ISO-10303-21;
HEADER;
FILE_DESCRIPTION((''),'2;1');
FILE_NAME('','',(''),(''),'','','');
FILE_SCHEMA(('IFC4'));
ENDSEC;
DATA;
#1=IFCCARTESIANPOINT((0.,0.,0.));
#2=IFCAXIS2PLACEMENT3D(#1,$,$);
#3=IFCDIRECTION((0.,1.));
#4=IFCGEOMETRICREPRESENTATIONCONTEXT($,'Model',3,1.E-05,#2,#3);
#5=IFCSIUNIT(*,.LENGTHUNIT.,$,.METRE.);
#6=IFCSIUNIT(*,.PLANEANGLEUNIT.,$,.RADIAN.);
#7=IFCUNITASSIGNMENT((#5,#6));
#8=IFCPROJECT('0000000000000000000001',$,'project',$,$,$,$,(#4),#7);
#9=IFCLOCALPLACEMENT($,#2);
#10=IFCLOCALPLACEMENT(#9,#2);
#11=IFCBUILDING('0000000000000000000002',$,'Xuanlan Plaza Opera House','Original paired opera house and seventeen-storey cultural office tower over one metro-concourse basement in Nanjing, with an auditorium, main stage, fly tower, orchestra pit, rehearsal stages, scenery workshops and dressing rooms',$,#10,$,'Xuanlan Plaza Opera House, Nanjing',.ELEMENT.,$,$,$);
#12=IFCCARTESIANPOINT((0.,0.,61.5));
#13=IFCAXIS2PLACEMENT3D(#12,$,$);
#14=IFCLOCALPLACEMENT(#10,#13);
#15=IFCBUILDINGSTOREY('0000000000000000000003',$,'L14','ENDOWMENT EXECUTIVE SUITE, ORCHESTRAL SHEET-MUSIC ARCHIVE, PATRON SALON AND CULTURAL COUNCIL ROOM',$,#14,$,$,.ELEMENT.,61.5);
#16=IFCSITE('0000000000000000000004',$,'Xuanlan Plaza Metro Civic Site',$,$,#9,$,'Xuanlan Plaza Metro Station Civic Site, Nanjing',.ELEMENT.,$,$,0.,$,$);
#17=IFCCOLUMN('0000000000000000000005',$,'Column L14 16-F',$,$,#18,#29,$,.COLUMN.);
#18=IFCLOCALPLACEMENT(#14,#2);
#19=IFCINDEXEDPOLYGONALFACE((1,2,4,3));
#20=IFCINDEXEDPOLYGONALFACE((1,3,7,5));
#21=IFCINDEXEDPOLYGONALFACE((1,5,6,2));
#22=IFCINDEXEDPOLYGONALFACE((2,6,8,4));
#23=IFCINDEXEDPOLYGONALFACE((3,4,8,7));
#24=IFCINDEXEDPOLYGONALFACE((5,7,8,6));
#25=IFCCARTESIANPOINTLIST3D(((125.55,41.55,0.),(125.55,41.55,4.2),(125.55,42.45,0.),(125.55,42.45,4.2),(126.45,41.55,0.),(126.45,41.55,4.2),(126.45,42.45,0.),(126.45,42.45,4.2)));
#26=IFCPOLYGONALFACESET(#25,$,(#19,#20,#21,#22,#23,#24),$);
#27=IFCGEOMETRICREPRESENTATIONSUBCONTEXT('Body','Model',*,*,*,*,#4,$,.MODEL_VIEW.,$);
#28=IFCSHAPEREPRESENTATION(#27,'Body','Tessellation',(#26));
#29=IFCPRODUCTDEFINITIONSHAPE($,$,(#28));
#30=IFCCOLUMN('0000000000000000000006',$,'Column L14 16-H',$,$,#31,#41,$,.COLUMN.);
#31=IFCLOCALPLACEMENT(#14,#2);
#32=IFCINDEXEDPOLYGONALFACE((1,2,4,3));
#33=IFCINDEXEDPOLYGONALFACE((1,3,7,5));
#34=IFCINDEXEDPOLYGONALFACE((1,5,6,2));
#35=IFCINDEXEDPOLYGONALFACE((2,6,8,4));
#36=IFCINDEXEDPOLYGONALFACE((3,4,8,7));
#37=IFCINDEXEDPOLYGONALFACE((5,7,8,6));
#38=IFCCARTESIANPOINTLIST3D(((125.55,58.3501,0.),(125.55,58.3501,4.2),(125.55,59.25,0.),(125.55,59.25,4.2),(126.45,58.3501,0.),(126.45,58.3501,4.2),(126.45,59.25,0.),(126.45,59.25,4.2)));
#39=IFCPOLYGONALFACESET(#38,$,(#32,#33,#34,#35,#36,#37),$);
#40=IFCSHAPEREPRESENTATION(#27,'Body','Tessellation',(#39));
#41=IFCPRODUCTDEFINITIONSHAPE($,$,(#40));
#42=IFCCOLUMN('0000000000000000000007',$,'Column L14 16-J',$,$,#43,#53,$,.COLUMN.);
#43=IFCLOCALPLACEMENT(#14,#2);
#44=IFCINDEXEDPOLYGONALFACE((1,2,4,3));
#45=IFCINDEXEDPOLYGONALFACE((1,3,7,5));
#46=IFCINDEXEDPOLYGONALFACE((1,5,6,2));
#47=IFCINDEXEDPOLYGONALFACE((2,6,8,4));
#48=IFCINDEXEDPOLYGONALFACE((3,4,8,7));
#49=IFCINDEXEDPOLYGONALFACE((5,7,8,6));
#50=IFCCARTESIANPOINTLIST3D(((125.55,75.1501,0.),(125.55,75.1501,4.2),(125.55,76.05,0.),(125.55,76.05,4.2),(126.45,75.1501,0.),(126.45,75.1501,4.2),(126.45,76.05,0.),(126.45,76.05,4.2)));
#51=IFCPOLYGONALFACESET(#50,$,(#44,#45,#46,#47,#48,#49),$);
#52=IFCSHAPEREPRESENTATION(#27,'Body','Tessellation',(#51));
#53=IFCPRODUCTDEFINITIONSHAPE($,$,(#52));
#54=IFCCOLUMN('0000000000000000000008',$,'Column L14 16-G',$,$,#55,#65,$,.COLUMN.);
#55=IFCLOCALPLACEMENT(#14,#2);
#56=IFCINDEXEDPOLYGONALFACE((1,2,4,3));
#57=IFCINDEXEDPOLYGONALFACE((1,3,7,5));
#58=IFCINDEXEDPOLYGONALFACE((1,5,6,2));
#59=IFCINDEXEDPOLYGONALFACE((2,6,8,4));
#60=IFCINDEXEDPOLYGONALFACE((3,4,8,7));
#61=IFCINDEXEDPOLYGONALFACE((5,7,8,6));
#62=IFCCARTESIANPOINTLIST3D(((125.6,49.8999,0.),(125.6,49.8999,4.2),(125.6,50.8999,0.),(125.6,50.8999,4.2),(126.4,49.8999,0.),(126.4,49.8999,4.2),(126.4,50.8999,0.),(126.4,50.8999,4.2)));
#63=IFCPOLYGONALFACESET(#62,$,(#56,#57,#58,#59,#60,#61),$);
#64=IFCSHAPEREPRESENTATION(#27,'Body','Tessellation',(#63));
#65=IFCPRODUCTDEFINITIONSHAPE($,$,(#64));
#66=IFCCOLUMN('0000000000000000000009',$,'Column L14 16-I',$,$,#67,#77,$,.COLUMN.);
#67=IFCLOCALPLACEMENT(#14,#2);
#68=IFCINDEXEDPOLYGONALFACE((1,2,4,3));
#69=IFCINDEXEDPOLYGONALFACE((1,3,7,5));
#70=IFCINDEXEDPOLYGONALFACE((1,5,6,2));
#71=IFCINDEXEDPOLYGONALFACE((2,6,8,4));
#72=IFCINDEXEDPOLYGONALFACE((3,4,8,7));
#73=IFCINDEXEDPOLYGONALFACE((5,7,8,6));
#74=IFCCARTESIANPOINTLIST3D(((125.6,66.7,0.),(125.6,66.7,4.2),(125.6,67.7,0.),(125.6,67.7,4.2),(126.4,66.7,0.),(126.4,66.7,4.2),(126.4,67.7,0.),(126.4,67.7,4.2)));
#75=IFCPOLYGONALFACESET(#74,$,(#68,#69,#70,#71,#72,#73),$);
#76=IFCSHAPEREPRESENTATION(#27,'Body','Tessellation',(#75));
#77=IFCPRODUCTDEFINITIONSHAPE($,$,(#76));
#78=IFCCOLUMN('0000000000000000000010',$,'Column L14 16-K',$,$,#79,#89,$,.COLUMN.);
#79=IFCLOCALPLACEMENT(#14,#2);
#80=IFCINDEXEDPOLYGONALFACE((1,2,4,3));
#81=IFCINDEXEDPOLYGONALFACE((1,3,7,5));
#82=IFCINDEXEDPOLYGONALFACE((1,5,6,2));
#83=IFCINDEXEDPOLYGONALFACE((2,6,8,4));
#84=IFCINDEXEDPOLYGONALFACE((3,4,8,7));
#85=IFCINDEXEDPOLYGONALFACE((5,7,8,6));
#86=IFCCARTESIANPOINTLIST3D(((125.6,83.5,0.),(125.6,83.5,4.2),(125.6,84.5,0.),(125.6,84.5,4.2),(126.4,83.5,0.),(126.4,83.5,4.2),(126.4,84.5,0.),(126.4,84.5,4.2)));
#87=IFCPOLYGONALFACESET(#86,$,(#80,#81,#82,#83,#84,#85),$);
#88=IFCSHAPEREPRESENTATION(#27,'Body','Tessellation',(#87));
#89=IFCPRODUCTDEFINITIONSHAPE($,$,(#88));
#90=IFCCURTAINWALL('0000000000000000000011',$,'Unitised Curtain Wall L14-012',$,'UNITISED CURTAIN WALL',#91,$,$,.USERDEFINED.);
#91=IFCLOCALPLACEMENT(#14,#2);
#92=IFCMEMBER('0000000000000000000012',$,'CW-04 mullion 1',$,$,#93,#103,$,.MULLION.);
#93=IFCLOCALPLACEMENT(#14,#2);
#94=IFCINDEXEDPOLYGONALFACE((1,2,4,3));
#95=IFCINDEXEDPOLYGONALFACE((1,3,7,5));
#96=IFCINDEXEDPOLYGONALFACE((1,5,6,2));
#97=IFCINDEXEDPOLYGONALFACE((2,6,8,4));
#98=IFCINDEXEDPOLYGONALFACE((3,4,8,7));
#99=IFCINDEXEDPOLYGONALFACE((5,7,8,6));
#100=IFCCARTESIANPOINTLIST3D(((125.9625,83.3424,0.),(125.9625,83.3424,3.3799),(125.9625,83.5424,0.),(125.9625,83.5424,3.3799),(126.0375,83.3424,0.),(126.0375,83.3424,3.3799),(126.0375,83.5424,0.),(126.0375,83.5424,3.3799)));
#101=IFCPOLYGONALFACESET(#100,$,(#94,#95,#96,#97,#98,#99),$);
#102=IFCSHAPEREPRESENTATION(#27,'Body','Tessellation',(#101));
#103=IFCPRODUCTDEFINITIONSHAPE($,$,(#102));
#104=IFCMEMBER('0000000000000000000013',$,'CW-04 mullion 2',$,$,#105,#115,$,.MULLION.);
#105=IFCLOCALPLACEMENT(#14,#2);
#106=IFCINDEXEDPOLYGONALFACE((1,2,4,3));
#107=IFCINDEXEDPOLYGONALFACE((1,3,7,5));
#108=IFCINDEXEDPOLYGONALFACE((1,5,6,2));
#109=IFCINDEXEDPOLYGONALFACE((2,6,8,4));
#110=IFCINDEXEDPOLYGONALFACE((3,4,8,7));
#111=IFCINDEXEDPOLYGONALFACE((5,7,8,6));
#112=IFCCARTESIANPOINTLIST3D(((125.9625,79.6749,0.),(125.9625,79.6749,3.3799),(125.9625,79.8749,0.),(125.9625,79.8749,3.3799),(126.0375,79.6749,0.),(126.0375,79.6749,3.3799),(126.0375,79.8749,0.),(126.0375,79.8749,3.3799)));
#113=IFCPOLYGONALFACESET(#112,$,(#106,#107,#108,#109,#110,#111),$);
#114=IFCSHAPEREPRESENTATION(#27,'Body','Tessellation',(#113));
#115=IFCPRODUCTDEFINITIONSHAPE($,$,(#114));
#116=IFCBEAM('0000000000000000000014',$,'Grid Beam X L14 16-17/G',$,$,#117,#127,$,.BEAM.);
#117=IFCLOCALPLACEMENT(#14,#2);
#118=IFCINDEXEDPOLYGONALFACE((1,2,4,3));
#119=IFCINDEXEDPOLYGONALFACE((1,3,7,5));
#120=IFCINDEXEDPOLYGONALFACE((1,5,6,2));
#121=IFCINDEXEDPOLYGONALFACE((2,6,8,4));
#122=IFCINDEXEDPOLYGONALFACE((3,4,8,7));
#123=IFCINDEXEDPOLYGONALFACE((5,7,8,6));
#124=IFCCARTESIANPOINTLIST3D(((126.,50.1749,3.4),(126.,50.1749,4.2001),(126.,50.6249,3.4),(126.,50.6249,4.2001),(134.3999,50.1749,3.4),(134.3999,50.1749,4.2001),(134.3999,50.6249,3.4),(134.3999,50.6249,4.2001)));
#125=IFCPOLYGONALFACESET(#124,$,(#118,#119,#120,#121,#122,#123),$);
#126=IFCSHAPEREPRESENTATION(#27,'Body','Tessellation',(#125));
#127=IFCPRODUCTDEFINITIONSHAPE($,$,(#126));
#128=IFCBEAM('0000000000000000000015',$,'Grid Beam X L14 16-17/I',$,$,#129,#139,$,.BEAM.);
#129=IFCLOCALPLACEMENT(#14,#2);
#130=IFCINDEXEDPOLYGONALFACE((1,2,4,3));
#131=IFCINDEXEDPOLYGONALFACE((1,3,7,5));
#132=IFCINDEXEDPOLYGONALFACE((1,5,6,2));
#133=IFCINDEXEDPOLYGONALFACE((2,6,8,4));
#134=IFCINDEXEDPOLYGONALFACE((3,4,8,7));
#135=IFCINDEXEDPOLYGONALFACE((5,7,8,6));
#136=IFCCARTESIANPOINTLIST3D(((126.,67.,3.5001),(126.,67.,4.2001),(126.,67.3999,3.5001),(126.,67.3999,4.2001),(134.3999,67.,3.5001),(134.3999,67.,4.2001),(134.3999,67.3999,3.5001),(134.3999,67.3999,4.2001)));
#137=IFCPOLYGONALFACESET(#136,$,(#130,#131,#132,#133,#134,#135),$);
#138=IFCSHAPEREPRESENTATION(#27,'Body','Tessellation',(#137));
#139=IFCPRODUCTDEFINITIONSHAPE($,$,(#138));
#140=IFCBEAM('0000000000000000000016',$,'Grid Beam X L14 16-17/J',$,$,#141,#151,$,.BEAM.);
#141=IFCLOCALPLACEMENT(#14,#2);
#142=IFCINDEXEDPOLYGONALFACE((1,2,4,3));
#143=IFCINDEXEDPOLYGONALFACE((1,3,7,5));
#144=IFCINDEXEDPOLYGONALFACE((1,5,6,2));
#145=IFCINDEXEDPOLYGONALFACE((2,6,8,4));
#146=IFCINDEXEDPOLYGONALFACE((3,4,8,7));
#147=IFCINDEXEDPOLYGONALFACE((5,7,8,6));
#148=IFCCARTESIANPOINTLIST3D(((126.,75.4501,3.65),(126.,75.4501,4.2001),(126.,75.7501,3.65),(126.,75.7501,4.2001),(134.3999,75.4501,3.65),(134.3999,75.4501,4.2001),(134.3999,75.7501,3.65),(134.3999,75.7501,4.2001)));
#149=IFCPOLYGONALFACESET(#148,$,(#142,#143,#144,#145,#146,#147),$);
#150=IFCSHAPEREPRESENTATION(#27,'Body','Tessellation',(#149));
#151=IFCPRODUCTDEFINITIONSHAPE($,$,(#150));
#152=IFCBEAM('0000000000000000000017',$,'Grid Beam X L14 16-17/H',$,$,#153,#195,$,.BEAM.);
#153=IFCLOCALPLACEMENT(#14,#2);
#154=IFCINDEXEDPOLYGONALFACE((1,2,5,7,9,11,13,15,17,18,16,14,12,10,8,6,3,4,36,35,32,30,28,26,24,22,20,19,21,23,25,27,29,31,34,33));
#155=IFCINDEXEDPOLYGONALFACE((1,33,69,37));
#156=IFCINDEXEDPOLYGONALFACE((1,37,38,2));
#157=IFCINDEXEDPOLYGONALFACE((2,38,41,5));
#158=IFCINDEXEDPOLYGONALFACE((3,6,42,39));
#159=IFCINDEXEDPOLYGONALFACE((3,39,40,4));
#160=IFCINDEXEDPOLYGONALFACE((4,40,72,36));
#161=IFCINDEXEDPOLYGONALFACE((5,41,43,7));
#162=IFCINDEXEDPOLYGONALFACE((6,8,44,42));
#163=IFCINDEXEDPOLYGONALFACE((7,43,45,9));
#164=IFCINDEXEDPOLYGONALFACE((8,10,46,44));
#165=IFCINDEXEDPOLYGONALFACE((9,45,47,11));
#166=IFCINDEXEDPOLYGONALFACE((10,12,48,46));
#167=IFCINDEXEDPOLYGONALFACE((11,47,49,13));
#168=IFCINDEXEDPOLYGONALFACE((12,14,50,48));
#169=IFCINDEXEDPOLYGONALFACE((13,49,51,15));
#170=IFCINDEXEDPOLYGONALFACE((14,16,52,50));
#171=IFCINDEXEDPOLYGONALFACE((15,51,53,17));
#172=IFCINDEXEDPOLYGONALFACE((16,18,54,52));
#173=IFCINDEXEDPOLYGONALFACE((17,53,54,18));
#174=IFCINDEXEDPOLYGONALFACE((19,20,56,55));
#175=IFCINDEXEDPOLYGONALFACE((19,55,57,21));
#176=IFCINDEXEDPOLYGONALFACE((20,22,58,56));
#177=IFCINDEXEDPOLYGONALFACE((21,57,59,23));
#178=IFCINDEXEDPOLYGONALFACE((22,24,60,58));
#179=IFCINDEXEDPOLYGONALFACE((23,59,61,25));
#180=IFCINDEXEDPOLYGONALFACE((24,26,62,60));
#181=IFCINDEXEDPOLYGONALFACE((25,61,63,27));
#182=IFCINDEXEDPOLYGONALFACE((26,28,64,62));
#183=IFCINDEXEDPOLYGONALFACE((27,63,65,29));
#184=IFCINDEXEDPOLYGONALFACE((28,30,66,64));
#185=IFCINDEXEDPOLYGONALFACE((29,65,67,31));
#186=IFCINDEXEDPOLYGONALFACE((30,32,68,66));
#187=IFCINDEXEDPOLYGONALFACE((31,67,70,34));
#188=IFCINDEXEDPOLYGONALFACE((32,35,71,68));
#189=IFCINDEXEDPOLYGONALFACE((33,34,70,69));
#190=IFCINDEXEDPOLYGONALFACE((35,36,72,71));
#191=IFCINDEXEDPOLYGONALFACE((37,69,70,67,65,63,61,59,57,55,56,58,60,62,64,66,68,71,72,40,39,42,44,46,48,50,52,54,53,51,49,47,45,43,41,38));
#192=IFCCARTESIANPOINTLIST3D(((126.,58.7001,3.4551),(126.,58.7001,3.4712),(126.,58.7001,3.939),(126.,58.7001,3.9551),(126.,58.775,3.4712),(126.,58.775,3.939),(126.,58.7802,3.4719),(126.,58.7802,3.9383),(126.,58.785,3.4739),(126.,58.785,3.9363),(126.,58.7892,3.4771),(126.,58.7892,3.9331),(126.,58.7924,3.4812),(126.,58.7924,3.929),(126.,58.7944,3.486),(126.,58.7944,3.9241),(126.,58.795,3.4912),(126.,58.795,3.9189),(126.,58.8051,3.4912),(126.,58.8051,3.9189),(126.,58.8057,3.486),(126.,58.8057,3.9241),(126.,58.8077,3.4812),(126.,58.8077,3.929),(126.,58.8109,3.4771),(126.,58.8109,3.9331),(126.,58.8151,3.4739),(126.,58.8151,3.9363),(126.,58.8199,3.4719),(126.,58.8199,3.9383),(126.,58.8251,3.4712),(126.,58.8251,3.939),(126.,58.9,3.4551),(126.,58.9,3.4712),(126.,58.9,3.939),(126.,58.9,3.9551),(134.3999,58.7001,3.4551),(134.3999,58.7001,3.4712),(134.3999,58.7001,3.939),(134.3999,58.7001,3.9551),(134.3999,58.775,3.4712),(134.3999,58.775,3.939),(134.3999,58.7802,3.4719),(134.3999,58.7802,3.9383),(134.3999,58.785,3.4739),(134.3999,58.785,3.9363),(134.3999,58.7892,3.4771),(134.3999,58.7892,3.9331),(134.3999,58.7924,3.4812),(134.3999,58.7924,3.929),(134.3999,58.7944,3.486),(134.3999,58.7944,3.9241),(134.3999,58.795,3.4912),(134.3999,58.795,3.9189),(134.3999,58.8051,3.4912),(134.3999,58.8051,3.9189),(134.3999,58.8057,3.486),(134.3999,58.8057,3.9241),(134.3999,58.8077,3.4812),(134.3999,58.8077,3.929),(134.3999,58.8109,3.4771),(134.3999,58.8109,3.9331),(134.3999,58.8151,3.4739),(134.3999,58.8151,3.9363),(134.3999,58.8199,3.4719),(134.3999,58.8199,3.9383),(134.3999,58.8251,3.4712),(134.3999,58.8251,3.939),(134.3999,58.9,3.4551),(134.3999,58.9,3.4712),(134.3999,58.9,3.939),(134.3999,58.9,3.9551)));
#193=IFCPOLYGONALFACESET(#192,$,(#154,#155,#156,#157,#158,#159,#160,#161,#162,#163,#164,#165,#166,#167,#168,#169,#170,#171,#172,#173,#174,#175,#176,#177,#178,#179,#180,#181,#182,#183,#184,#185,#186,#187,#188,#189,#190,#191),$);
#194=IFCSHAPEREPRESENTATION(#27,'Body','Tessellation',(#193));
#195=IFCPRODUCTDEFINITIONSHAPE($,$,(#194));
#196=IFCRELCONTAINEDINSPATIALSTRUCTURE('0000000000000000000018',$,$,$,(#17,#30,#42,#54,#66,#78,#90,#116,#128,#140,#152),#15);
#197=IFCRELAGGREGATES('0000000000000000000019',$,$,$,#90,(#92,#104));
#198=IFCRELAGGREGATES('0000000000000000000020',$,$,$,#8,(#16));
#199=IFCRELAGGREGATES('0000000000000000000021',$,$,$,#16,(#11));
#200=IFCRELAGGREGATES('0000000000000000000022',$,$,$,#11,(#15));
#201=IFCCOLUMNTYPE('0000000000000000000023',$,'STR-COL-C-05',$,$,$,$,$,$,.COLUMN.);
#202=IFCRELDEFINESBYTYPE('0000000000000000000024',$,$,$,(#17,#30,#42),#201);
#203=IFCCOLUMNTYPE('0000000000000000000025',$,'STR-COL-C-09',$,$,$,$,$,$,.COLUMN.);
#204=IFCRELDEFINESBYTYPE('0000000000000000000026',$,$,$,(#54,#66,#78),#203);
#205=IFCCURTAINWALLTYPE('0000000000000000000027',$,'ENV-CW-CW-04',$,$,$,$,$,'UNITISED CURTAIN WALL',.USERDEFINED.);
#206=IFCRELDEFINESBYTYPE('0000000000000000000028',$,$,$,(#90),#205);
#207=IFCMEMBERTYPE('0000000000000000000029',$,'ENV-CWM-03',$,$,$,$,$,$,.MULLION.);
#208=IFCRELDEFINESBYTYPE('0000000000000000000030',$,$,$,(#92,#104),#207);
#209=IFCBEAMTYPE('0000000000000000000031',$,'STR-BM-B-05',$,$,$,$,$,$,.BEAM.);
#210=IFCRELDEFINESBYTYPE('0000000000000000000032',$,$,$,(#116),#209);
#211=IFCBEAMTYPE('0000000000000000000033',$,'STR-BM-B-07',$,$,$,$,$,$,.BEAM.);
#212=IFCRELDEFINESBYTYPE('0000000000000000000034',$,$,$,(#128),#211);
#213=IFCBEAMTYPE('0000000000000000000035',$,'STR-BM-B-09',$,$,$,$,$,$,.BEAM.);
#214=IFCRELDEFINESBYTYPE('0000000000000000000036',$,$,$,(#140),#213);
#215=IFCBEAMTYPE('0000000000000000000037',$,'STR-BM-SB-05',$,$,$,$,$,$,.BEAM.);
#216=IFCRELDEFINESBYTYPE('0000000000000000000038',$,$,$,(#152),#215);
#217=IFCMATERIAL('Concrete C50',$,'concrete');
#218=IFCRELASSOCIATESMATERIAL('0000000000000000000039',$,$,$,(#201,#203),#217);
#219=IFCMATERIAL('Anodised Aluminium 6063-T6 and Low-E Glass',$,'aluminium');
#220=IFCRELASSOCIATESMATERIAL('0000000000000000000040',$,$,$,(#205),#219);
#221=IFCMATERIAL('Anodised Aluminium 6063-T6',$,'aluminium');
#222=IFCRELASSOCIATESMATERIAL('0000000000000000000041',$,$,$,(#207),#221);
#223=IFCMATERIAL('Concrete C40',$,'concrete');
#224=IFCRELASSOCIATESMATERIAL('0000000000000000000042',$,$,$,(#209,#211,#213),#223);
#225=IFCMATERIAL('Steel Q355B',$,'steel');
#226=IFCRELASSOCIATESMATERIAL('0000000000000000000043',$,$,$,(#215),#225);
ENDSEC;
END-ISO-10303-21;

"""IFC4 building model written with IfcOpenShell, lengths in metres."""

from ifc_helpers import new_model, si_unit, direction, frame, origin, origin_2d, place, context, subcontext, project, spatial, rectangle, i_section, extrude, material, material_profile, profile_set, type_object, element, aggregate, save


model = new_model("IFC4")

# Units and contexts
model_context = context("Model", 3, precision=1e-05, world=origin(), true_north=direction((0.0, 1.0)))
body_context = subcontext(model_context, "Body", "Model", "MODEL_VIEW")
ifc_project = project(units=[si_unit("LENGTHUNIT", "METRE"), si_unit("PLANEANGLEUNIT", "RADIAN")], contexts=[model_context])

# Site, building, storey
site_placement = place(None, origin())
site = spatial("IfcSite", under=ifc_project, at=site_placement, Name="Xuanlan Plaza Metro Civic Site", LongName="Xuanlan Plaza Metro Station Civic Site, Nanjing", CompositionType="ELEMENT", RefElevation=0.0)
building_placement = place(site_placement, origin())
building = spatial("IfcBuilding", under=site, at=building_placement, Name="Xuanlan Plaza Opera House", Description="Original paired opera house and seventeen-storey cultural office tower over one metro-concourse basement in Nanjing, with an auditorium, main stage, fly tower, orchestra pit, rehearsal stages, scenery workshops and dressing rooms", LongName="Xuanlan Plaza Opera House, Nanjing", CompositionType="ELEMENT")
storey_placement = place(building_placement, frame((0.0, 0.0, 61.5)))
storey = spatial("IfcBuildingStorey", under=building, at=storey_placement, Name="L14", Description="ENDOWMENT EXECUTIVE SUITE, ORCHESTRAL SHEET-MUSIC ARCHIVE, PATRON SALON AND CULTURAL COUNCIL ROOM", CompositionType="ELEMENT", Elevation=61.5)

# Columns
ifc_material_1 = material(Name="Concrete C50", Category="concrete")
ifc_material_profile_1 = material_profile(ifc_material_1, rectangle(XDim=0.8999, YDim=0.8999, at=origin_2d()), Name="RC-COL 900x900")
ifc_profile_set_1 = profile_set([ifc_material_profile_1], Name="Concrete C50")
column_type_1 = type_object("IfcColumnType", Name="STR-COL-C-05", PredefinedType="COLUMN", material=ifc_profile_set_1)
for number, where, z_axis, x_axis, name in (
    (1, (126.0, 42.0, 0.0), (0.0, 0.0, 1.0), (1.0, 0.0, 0.0), "Column L14 16-F"),
    (2, (126.0, 58.8, 0.0), (0.0, 0.0, 1.0), (1.0, 0.0, 0.0), "Column L14 16-H"),
    (3, (126.0, 75.6001, 0.0), (0.0, 0.0, 1.0), (1.0, 0.0, 0.0), "Column L14 16-J"),
):
    element("IfcColumn", number, at=place(storey_placement, frame(where, z_axis=z_axis, x_axis=x_axis)), inside=storey, type_object=column_type_1, Name=name, PredefinedType="COLUMN", context=body_context, shape_type="SweptSolid", body=[
        extrude(rectangle(XDim=0.8999, YDim=0.8999, at=origin_2d()), origin(), (0.0, 0.0, 1.0), 4.2),
    ])
ifc_material_profile_2 = material_profile(ifc_material_1, rectangle(XDim=0.8, YDim=1.0, at=origin_2d()), Name="RC-COL 800x1000")
ifc_profile_set_2 = profile_set([ifc_material_profile_2], Name="Concrete C50")
column_type_2 = type_object("IfcColumnType", Name="STR-COL-C-09", PredefinedType="COLUMN", material=ifc_profile_set_2)
for number, where, z_axis, x_axis, name in (
    (4, (126.0, 50.3999, 0.0), (0.0, 0.0, 1.0), (1.0, 0.0, 0.0), "Column L14 16-G"),
    (5, (126.0, 67.2, 0.0), (0.0, 0.0, 1.0), (1.0, 0.0, 0.0), "Column L14 16-I"),
    (6, (126.0, 84.0, 0.0), (0.0, 0.0, 1.0), (1.0, 0.0, 0.0), "Column L14 16-K"),
):
    element("IfcColumn", number, at=place(storey_placement, frame(where, z_axis=z_axis, x_axis=x_axis)), inside=storey, type_object=column_type_2, Name=name, PredefinedType="COLUMN", context=body_context, shape_type="SweptSolid", body=[
        extrude(rectangle(XDim=0.8, YDim=1.0, at=origin_2d()), origin(), (0.0, 0.0, 1.0), 4.2),
    ])

# Curtain wall, members
ifc_material_2 = material(Name="Anodised Aluminium 6063-T6 and Low-E Glass", Category="aluminium")
curtain_wall_type = type_object("IfcCurtainWallType", Name="ENV-CW-CW-04", ElementType="UNITISED CURTAIN WALL", PredefinedType="USERDEFINED", material=ifc_material_2)
curtain_wall_placement = place(storey_placement, origin())
curtain_wall = element("IfcCurtainWall", 7, at=curtain_wall_placement, inside=storey, type_object=curtain_wall_type, Name="Unitised Curtain Wall L14-012", ObjectType="UNITISED CURTAIN WALL", PredefinedType="USERDEFINED")
ifc_material_3 = material(Name="Anodised Aluminium 6063-T6", Category="aluminium")
ifc_material_profile_3 = material_profile(ifc_material_3, rectangle(XDim=0.075, YDim=0.2, at=origin_2d()), Name="ALU-M 75x200")
ifc_profile_set_3 = profile_set([ifc_material_profile_3], Name="Anodised Aluminium 6063-T6")
member_type = type_object("IfcMemberType", Name="ENV-CWM-03", PredefinedType="MULLION", material=ifc_profile_set_3)
member_1_placement = place(storey_placement, frame((126.0, 83.4424, 0.0), z_axis=(0.0, 0.0, 1.0), x_axis=(1.0, 0.0, 0.0)))
member_1 = element("IfcMember", 8, at=member_1_placement, type_object=member_type, Name="CW-04 mullion 1", PredefinedType="MULLION", context=body_context, shape_type="SweptSolid", body=[
    extrude(rectangle(XDim=0.075, YDim=0.2, at=origin_2d()), origin(), (0.0, 0.0, 1.0), 3.3799),
])
member_2_placement = place(storey_placement, frame((126.0, 79.7749, 0.0), z_axis=(0.0, 0.0, 1.0), x_axis=(1.0, 0.0, 0.0)))
member_2 = element("IfcMember", 9, at=member_2_placement, type_object=member_type, Name="CW-04 mullion 2", PredefinedType="MULLION", context=body_context, shape_type="SweptSolid", body=[
    extrude(rectangle(XDim=0.075, YDim=0.2, at=origin_2d()), origin(), (0.0, 0.0, 1.0), 3.3799),
])
aggregate(curtain_wall, [member_1, member_2])

# Beams
ifc_material_4 = material(Name="Concrete C40", Category="concrete")
ifc_material_profile_4 = material_profile(ifc_material_4, rectangle(XDim=0.45, YDim=0.8, at=origin_2d()), Name="RC-BM 450x800")
ifc_profile_set_4 = profile_set([ifc_material_profile_4], Name="Concrete C40")
beam_type_1 = type_object("IfcBeamType", Name="STR-BM-B-05", PredefinedType="BEAM", material=ifc_profile_set_4)
beam_1_placement = place(storey_placement, frame((126.0, 50.3999, 3.8), z_axis=(1.0, 0.0, 0.0), x_axis=(0.0, 1.0, 0.0)))
element("IfcBeam", 10, at=beam_1_placement, inside=storey, type_object=beam_type_1, Name="Grid Beam X L14 16-17/G", PredefinedType="BEAM", context=body_context, shape_type="SweptSolid", body=[
    extrude(rectangle(XDim=0.45, YDim=0.8, at=origin_2d()), origin(), (0.0, 0.0, 1.0), 8.3999),
])
ifc_material_profile_5 = material_profile(ifc_material_4, rectangle(XDim=0.3999, YDim=0.7, at=origin_2d()), Name="RC-BM 400x700")
ifc_profile_set_5 = profile_set([ifc_material_profile_5], Name="Concrete C40")
beam_type_2 = type_object("IfcBeamType", Name="STR-BM-B-07", PredefinedType="BEAM", material=ifc_profile_set_5)
beam_2_placement = place(storey_placement, frame((126.0, 67.2, 3.8501), z_axis=(1.0, 0.0, 0.0), x_axis=(0.0, 1.0, 0.0)))
element("IfcBeam", 11, at=beam_2_placement, inside=storey, type_object=beam_type_2, Name="Grid Beam X L14 16-17/I", PredefinedType="BEAM", context=body_context, shape_type="SweptSolid", body=[
    extrude(rectangle(XDim=0.3999, YDim=0.7, at=origin_2d()), origin(), (0.0, 0.0, 1.0), 8.3999),
])
ifc_material_profile_6 = material_profile(ifc_material_4, rectangle(XDim=0.3, YDim=0.55, at=origin_2d()), Name="RC-BM 300x550")
ifc_profile_set_6 = profile_set([ifc_material_profile_6], Name="Concrete C40")
beam_type_3 = type_object("IfcBeamType", Name="STR-BM-B-09", PredefinedType="BEAM", material=ifc_profile_set_6)
beam_3_placement = place(storey_placement, frame((126.0, 75.6001, 3.925), z_axis=(1.0, 0.0, 0.0), x_axis=(0.0, 1.0, 0.0)))
element("IfcBeam", 12, at=beam_3_placement, inside=storey, type_object=beam_type_3, Name="Grid Beam X L14 16-17/J", PredefinedType="BEAM", context=body_context, shape_type="SweptSolid", body=[
    extrude(rectangle(XDim=0.3, YDim=0.55, at=origin_2d()), origin(), (0.0, 0.0, 1.0), 8.3999),
])
ifc_material_5 = material(Name="Steel Q355B", Category="steel")
ifc_material_profile_7 = material_profile(ifc_material_5, i_section(OverallWidth=0.2, OverallDepth=0.5, WebThickness=0.01, FlangeThickness=0.0161, FilletRadius=0.02, at=origin_2d()), Name="HN 500x200x10x16")
ifc_profile_set_7 = profile_set([ifc_material_profile_7], Name="Steel Q355B")
beam_type_4 = type_object("IfcBeamType", Name="STR-BM-SB-05", PredefinedType="BEAM", material=ifc_profile_set_7)
beam_4_placement = place(storey_placement, frame((126.0, 58.8, 3.7051), z_axis=(1.0, 0.0, 0.0), x_axis=(0.0, 1.0, 0.0)))
element("IfcBeam", 13, at=beam_4_placement, inside=storey, type_object=beam_type_4, Name="Grid Beam X L14 16-17/H", PredefinedType="BEAM", context=body_context, shape_type="SweptSolid", body=[
    extrude(i_section(OverallWidth=0.2, OverallDepth=0.5, WebThickness=0.01, FlangeThickness=0.0161, FilletRadius=0.02, at=origin_2d()), origin(), (0.0, 0.0, 1.0), 8.3999),
])

save(model, "model.ifc")
